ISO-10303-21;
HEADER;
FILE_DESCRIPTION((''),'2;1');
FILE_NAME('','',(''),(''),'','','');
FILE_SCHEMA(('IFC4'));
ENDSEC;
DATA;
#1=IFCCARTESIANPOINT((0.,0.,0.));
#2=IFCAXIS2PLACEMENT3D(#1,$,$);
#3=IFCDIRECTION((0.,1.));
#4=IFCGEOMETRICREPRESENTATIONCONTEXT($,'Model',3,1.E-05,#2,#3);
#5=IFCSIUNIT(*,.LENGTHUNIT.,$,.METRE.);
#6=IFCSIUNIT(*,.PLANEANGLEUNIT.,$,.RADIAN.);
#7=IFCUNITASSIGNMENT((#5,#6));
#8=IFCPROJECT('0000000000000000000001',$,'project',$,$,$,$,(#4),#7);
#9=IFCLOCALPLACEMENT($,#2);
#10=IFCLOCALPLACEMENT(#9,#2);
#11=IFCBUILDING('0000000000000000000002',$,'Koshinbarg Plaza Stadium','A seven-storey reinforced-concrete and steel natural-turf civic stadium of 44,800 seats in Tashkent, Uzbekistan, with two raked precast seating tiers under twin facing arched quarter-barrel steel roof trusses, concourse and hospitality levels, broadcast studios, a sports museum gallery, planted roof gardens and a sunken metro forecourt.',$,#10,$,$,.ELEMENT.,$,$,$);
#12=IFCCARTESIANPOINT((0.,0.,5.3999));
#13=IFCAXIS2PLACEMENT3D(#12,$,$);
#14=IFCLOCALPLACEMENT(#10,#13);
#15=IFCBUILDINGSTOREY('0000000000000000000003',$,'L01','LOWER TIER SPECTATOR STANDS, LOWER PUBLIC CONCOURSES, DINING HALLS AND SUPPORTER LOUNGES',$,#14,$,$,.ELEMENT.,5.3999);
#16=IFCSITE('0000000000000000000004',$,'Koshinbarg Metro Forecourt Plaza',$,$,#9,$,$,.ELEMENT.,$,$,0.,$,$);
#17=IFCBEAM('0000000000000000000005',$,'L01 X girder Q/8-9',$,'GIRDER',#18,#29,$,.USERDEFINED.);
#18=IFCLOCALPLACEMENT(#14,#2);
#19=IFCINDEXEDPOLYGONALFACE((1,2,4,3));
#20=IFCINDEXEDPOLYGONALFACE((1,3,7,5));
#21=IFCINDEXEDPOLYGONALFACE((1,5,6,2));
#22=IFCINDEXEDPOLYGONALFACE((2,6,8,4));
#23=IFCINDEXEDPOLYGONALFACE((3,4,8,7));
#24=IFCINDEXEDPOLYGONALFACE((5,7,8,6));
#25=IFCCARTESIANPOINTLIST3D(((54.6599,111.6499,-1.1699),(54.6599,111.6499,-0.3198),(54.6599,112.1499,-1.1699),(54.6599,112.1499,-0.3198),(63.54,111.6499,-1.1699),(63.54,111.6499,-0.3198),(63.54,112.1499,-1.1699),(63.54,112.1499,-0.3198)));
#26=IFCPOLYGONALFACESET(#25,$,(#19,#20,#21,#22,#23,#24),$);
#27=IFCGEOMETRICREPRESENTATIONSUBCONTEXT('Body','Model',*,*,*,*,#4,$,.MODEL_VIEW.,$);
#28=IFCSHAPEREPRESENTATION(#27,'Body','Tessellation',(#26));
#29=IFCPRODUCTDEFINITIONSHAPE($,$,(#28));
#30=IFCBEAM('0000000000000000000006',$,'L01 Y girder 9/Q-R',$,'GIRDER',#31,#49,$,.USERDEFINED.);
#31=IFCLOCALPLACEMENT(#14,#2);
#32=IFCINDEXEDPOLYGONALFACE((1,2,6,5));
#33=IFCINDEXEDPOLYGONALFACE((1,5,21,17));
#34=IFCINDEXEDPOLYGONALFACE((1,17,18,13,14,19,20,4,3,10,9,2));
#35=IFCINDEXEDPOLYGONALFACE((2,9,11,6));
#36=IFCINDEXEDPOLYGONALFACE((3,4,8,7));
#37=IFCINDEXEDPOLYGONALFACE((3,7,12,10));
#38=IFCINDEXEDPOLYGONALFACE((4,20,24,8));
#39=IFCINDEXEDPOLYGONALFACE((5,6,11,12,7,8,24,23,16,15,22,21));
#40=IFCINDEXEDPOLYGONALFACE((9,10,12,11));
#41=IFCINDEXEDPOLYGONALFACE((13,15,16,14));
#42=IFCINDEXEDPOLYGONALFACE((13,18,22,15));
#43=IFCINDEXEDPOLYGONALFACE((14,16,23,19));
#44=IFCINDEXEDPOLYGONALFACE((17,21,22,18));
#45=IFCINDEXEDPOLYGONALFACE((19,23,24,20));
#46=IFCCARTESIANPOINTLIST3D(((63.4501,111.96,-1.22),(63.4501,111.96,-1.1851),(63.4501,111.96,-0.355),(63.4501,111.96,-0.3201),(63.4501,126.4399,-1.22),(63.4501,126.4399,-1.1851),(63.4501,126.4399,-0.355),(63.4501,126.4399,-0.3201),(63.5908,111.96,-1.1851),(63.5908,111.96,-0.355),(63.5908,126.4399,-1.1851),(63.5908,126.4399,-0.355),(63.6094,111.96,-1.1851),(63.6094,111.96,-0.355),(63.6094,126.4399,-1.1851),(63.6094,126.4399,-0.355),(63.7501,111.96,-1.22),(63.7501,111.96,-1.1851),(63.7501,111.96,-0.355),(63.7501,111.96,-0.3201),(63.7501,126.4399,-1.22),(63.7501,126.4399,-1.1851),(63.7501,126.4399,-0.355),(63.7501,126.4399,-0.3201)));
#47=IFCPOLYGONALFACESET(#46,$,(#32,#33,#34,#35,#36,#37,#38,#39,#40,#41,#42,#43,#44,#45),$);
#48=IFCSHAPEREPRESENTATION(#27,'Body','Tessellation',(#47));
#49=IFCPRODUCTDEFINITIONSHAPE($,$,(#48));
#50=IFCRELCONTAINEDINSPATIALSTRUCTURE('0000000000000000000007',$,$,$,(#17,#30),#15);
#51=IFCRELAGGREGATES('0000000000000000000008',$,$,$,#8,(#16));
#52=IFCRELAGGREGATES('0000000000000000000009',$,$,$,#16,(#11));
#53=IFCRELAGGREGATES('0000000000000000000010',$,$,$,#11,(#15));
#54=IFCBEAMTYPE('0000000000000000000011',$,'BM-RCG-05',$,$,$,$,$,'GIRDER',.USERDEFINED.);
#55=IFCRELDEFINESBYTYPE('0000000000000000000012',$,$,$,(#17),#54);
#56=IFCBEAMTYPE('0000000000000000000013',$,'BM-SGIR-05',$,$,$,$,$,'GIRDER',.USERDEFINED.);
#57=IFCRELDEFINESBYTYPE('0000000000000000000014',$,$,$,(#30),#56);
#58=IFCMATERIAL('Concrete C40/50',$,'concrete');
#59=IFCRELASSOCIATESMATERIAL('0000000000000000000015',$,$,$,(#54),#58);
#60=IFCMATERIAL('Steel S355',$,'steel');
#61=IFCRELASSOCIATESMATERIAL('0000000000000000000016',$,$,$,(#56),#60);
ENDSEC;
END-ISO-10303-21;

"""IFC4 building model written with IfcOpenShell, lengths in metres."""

from ifc_helpers import new_model, si_unit, direction, frame, origin, origin_2d, place, context, subcontext, project, spatial, rectangle, i_section, extrude, material, material_profile, profile_set, type_object, element, save


model = new_model("IFC4")

# Units and contexts
model_context = context("Model", 3, precision=1e-05, world=origin(), true_north=direction((0.0, 1.0)))
body_context = subcontext(model_context, "Body", "Model", "MODEL_VIEW")
ifc_project = project(units=[si_unit("LENGTHUNIT", "METRE"), si_unit("PLANEANGLEUNIT", "RADIAN")], contexts=[model_context])

# Site, building, storey
site_placement = place(None, origin())
site = spatial("IfcSite", under=ifc_project, at=site_placement, Name="Koshinbarg Metro Forecourt Plaza", CompositionType="ELEMENT", RefElevation=0.0)
building_placement = place(site_placement, origin())
building = spatial("IfcBuilding", under=site, at=building_placement, Name="Koshinbarg Plaza Stadium", Description="A seven-storey reinforced-concrete and steel natural-turf civic stadium of 44,800 seats in Tashkent, Uzbekistan, with two raked precast seating tiers under twin facing arched quarter-barrel steel roof trusses, concourse and hospitality levels, broadcast studios, a sports museum gallery, planted roof gardens and a sunken metro forecourt.", CompositionType="ELEMENT")
storey_placement = place(building_placement, frame((0.0, 0.0, 5.3999)))
storey = spatial("IfcBuildingStorey", under=building, at=storey_placement, Name="L01", Description="LOWER TIER SPECTATOR STANDS, LOWER PUBLIC CONCOURSES, DINING HALLS AND SUPPORTER LOUNGES", CompositionType="ELEMENT", Elevation=5.3999)

# Shared definitions
ifc_material_1 = material(Name="Concrete C40/50", Category="concrete")

# Beams
ifc_material_profile_1 = material_profile(ifc_material_1, rectangle(XDim=0.5, YDim=0.8501, at=origin_2d()), Name="RC 500x850")
ifc_profile_set_1 = profile_set([ifc_material_profile_1], Name="Concrete C40/50")
beam_type_1 = type_object("IfcBeamType", Name="BM-RCG-05", ElementType="GIRDER", PredefinedType="USERDEFINED", material=ifc_profile_set_1)
beam_1_placement = place(storey_placement, frame((54.6599, 111.8999, -0.7449), z_axis=(1.0, 0.0, 0.0), x_axis=(0.0, 1.0, 0.0)))
element("IfcBeam", 1, at=beam_1_placement, inside=storey, type_object=beam_type_1, Name="L01 X girder Q/8-9", ObjectType="GIRDER", PredefinedType="USERDEFINED", context=body_context, shape_type="SweptSolid", body=[
    extrude(rectangle(XDim=0.5, YDim=0.8501, at=origin_2d()), origin(), (0.0, 0.0, 1.0), 8.8801),
])
ifc_material_2 = material(Name="Steel S355", Category="steel")
ifc_material_profile_2 = material_profile(ifc_material_2, i_section(OverallWidth=0.3, OverallDepth=0.8999, WebThickness=0.0186, FlangeThickness=0.0349, at=origin_2d()), Name="HEB 900")
ifc_profile_set_2 = profile_set([ifc_material_profile_2], Name="Steel S355")
beam_type_2 = type_object("IfcBeamType", Name="BM-SGIR-05", ElementType="GIRDER", PredefinedType="USERDEFINED", material=ifc_profile_set_2)
beam_2_placement = place(storey_placement, frame((63.6001, 111.96, -0.77), z_axis=(0.0, 1.0, 0.0), x_axis=(-1.0, 0.0, 0.0)))
element("IfcBeam", 2, at=beam_2_placement, inside=storey, type_object=beam_type_2, Name="L01 Y girder 9/Q-R", ObjectType="GIRDER", PredefinedType="USERDEFINED", context=body_context, shape_type="SweptSolid", body=[
    extrude(i_section(OverallWidth=0.3, OverallDepth=0.8999, WebThickness=0.0186, FlangeThickness=0.0349, at=origin_2d()), origin(), (0.0, 0.0, 1.0), 14.48),
])

save(model, "model.ifc")
